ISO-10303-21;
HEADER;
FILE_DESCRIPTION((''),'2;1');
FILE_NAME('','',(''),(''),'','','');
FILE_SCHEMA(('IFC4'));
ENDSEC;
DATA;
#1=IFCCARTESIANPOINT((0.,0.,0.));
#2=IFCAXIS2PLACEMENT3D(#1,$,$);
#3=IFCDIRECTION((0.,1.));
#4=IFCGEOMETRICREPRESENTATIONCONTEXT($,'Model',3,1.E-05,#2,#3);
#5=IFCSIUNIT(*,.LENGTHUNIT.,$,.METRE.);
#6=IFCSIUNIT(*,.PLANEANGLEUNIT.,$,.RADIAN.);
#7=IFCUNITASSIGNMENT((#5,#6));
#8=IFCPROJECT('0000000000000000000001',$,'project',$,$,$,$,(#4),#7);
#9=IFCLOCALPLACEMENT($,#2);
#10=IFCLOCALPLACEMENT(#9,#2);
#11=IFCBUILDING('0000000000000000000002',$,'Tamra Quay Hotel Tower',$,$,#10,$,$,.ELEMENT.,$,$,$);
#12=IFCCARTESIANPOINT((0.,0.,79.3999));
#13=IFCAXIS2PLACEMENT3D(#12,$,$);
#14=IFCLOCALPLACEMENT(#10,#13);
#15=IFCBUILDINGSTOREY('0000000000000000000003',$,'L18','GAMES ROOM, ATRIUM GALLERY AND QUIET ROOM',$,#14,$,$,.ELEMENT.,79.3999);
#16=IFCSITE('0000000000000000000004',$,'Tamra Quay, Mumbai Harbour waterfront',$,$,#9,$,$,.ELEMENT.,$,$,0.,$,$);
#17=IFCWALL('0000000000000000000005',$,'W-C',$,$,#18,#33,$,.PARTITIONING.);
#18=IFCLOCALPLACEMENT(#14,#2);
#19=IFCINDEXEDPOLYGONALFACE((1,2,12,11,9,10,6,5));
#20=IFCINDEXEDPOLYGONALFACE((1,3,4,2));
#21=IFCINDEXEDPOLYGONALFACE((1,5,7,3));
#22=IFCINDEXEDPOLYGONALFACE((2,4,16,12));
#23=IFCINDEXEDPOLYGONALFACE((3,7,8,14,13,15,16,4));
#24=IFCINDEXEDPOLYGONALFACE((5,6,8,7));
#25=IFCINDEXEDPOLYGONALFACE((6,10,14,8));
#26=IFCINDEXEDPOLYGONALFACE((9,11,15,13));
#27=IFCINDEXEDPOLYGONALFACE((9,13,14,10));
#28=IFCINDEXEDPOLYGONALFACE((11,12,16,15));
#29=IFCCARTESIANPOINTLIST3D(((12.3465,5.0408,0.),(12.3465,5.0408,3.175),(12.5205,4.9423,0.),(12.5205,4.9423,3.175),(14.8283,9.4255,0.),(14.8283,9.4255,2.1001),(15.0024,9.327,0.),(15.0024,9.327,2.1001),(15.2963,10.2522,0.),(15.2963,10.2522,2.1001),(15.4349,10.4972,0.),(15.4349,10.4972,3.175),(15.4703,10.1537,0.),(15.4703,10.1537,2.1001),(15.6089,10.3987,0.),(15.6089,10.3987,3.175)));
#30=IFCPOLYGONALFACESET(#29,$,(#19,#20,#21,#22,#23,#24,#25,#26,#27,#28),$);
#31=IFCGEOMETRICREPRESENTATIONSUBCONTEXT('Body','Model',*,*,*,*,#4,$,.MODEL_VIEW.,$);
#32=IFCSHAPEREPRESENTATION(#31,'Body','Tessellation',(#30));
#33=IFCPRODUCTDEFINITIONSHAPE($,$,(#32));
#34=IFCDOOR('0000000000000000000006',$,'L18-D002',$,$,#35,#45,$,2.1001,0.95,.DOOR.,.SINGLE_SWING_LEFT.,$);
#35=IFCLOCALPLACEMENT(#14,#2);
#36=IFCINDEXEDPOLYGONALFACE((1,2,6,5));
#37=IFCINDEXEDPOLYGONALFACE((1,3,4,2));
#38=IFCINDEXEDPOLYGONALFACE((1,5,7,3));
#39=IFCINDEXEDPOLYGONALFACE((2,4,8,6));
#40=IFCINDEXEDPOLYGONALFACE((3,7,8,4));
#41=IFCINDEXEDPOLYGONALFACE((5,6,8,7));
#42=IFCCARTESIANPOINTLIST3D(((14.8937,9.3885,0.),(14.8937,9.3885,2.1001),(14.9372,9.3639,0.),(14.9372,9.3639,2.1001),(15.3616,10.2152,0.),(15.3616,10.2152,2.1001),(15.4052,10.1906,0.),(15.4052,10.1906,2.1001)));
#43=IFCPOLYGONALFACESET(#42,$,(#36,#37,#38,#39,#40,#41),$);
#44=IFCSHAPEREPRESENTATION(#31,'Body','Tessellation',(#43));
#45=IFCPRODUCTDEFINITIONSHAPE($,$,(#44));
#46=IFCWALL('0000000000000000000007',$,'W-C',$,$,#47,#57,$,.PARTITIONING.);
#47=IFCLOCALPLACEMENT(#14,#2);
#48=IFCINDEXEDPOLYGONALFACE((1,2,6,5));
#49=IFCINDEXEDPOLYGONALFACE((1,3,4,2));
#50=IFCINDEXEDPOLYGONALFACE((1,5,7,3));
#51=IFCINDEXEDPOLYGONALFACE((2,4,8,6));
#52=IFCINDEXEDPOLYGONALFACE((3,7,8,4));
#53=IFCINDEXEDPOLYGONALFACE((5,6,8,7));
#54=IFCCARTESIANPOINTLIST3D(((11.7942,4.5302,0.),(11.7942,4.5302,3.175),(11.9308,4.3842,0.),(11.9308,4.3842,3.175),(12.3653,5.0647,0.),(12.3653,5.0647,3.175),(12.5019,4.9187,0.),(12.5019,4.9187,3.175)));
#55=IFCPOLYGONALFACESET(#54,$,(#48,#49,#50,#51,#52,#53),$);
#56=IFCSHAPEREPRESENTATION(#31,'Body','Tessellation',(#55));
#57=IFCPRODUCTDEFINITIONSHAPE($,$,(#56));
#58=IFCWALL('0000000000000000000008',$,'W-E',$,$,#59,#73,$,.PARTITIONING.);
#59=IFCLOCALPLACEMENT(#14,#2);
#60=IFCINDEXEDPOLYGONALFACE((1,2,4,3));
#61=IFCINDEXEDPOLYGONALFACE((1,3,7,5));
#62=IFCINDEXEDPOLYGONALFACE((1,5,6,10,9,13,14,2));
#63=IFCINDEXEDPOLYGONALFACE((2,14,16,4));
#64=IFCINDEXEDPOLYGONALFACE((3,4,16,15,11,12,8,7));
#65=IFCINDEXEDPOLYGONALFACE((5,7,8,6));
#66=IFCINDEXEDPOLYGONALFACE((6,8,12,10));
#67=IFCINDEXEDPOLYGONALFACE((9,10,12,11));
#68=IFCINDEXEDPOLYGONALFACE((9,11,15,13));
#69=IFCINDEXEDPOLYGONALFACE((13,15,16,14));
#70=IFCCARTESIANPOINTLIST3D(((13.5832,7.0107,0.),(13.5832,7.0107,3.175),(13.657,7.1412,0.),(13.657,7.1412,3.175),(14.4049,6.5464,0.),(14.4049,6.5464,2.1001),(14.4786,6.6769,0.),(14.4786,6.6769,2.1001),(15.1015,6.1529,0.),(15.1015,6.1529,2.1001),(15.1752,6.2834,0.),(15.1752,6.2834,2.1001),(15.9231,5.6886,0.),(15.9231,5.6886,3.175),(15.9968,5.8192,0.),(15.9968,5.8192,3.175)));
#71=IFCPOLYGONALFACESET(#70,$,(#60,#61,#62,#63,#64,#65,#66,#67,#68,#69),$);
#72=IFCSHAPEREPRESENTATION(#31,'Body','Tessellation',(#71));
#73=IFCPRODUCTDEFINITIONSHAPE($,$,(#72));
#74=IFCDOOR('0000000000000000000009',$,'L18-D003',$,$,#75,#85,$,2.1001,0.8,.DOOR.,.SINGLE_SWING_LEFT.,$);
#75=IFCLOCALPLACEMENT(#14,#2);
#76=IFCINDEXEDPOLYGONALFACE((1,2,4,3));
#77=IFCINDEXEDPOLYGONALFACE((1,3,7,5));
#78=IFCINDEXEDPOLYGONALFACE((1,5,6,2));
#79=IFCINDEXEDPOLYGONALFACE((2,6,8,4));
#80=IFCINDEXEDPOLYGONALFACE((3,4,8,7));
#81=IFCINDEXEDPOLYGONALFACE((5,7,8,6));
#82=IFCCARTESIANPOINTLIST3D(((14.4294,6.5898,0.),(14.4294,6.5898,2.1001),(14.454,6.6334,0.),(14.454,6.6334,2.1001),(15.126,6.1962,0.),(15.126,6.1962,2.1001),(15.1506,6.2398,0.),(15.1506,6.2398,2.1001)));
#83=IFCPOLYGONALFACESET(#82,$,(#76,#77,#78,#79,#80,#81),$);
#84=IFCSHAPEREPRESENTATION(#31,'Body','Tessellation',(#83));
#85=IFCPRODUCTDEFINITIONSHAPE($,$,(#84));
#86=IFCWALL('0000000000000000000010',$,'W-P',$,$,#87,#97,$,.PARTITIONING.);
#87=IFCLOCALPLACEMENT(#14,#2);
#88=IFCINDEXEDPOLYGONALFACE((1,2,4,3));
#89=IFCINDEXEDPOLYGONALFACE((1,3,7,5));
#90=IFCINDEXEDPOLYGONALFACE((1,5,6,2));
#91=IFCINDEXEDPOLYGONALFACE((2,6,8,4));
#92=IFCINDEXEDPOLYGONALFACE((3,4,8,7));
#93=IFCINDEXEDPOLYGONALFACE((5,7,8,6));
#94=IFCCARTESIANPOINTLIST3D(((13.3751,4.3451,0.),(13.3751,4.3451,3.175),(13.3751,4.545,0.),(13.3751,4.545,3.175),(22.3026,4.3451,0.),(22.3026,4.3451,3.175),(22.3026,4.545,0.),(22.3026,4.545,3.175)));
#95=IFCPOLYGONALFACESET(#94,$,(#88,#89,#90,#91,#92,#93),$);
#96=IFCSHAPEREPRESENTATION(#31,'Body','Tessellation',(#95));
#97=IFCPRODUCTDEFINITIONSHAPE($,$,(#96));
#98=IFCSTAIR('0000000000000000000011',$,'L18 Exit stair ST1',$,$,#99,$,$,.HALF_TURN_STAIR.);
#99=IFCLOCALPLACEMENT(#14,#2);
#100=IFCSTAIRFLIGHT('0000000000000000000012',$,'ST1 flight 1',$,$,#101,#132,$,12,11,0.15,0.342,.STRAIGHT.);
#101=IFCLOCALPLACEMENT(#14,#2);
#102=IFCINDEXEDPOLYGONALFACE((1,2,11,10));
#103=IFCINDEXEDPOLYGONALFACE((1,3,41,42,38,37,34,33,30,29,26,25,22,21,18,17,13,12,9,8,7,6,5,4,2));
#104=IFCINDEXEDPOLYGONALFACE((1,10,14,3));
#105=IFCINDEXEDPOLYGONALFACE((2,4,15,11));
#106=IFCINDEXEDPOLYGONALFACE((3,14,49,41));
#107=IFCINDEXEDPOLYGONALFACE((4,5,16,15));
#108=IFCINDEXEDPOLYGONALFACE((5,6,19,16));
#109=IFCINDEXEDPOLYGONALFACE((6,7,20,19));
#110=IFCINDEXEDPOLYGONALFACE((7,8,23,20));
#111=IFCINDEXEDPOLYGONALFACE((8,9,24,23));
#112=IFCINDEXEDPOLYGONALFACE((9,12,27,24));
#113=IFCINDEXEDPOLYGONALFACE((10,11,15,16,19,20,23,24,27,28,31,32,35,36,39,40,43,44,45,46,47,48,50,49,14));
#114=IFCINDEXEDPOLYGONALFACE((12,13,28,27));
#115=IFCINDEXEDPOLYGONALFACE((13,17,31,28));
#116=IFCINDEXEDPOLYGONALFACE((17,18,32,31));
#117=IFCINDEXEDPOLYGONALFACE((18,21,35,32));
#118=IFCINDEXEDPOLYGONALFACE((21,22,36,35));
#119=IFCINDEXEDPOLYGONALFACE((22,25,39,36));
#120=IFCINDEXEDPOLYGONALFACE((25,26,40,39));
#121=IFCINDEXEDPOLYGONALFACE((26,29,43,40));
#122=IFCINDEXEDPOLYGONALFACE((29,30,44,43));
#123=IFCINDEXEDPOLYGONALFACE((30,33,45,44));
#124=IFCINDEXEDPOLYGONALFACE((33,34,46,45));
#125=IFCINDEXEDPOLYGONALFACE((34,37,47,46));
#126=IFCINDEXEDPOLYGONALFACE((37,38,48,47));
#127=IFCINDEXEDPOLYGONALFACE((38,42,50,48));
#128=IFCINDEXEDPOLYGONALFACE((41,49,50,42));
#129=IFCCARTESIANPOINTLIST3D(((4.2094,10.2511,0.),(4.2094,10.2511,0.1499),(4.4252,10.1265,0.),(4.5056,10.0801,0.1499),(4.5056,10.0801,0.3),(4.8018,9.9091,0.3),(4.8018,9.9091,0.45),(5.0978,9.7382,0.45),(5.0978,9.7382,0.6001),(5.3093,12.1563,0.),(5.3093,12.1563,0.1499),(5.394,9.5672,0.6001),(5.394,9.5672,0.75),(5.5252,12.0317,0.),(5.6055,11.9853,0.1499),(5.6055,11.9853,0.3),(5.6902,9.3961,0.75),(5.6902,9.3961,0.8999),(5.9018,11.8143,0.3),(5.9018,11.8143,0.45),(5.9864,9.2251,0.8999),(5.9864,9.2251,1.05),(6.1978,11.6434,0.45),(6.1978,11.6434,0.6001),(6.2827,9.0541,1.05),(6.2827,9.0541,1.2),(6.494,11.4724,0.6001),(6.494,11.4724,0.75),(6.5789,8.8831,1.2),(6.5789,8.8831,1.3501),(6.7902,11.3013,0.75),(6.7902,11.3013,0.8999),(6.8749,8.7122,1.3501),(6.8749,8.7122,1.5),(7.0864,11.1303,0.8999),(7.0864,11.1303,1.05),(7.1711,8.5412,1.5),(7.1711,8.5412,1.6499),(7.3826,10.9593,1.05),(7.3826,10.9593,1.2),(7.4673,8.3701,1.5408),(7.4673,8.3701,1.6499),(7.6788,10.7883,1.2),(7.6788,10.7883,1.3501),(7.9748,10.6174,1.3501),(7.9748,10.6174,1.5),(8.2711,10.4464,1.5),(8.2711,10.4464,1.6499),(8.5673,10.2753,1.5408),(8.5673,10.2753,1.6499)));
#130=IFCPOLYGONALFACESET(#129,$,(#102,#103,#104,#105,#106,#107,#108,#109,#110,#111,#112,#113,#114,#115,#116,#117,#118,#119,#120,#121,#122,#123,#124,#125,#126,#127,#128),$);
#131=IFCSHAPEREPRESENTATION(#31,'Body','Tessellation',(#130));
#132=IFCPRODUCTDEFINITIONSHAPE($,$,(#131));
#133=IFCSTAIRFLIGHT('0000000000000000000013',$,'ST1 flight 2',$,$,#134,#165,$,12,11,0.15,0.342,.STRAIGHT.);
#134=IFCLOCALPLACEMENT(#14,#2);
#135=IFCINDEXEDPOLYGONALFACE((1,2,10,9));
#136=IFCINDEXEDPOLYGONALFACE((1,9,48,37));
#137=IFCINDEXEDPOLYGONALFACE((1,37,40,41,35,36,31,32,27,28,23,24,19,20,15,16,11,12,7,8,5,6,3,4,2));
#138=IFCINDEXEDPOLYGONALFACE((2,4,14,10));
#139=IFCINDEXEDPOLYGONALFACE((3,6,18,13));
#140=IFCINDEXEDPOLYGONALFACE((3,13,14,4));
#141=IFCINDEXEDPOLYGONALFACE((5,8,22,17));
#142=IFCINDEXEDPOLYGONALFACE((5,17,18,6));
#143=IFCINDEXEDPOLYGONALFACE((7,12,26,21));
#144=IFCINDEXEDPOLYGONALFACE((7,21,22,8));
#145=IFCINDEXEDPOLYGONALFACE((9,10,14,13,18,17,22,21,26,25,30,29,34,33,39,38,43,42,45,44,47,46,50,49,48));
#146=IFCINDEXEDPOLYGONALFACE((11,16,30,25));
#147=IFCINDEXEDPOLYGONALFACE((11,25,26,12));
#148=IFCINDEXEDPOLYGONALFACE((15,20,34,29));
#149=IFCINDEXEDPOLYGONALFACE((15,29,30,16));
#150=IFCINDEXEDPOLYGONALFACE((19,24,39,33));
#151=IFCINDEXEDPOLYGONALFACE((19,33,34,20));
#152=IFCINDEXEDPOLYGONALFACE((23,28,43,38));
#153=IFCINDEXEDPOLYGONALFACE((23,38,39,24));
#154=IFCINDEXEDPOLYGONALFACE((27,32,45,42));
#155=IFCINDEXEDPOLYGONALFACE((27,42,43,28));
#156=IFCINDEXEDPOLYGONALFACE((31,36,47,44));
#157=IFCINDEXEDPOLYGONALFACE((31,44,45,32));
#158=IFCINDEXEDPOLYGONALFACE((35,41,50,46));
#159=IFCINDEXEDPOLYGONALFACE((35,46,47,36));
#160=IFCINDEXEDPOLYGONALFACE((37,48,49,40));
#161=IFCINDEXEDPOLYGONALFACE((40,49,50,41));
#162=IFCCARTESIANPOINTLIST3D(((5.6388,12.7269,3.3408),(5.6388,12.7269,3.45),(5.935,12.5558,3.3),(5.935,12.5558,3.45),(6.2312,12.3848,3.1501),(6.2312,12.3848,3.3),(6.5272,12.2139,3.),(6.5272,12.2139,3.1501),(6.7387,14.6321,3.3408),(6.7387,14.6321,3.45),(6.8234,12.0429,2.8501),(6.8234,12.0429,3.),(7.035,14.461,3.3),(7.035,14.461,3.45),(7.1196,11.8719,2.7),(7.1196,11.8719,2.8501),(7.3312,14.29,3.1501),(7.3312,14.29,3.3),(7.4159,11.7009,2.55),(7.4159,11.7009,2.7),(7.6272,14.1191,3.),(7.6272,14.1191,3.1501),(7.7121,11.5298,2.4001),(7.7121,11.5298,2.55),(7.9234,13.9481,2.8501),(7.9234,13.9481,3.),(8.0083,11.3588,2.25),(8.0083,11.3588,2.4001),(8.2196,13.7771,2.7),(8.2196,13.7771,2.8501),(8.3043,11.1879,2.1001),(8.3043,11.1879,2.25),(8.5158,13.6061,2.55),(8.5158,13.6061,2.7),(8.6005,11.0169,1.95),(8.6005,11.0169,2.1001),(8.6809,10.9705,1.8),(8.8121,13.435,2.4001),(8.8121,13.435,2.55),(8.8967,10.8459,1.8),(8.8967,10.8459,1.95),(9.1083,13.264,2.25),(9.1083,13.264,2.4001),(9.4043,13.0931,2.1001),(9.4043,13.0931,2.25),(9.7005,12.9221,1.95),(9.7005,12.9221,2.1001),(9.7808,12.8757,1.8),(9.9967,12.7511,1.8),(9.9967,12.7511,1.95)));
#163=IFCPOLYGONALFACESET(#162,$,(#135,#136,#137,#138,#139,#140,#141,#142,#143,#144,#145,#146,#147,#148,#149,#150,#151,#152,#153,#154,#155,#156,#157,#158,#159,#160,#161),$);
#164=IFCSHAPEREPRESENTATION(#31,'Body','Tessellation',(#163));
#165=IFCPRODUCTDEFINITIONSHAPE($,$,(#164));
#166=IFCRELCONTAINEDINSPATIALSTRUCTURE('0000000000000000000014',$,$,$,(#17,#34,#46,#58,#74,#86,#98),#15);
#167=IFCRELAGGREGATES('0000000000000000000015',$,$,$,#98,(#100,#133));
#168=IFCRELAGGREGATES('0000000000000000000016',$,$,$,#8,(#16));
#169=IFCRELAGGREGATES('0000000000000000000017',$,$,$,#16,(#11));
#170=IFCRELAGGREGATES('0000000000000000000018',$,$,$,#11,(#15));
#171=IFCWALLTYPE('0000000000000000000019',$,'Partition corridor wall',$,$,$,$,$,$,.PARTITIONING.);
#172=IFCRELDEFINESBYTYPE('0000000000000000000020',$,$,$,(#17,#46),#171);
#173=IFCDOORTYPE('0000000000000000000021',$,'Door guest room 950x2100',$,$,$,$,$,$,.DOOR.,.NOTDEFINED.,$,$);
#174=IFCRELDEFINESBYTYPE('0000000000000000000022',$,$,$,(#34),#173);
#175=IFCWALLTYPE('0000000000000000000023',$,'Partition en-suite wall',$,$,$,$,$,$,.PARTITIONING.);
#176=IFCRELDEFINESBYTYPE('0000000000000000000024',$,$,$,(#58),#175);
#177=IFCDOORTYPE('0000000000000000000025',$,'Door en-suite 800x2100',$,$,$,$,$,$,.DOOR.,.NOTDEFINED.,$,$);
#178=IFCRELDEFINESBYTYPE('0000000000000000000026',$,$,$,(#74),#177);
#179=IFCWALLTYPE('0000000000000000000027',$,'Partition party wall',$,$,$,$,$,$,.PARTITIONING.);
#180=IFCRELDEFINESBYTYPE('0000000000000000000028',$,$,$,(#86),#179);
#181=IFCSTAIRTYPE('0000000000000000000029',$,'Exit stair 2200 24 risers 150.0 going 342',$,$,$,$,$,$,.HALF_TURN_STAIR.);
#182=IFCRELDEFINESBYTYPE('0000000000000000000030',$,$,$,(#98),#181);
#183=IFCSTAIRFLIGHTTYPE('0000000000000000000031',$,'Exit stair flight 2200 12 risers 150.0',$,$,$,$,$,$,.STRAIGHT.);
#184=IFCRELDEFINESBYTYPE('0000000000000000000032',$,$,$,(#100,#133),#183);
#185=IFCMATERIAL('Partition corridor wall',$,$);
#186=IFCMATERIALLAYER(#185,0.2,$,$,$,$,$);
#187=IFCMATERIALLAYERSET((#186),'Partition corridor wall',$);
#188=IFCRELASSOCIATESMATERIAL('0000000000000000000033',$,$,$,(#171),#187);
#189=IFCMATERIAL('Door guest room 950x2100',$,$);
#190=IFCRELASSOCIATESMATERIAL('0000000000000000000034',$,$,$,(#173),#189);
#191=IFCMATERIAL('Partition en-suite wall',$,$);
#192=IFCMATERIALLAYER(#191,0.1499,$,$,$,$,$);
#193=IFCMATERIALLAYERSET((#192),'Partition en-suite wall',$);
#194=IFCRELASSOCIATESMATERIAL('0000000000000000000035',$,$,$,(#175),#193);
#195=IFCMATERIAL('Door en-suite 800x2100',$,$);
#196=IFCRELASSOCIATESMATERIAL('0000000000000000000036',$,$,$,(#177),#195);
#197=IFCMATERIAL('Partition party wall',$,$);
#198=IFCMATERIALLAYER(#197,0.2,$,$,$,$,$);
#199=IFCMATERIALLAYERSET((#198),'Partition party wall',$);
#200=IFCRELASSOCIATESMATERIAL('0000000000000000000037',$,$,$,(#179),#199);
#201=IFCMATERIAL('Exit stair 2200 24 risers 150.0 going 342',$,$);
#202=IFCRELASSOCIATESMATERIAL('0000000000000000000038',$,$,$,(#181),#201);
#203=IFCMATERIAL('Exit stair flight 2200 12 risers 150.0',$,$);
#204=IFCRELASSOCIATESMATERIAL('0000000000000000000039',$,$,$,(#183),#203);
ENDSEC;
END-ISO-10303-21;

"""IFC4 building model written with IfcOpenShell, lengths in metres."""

from ifc_helpers import new_model, si_unit, direction, frame, frame_2d, origin, place, context, subcontext, project, spatial, polyline, rectangle, outline, extrude, material, layer, layer_set, type_object, element, fill, aggregate, save


model = new_model("IFC4")

# Units and contexts
model_context = context("Model", 3, precision=1e-05, world=origin(), true_north=direction((0.0, 1.0)))
body_context = subcontext(model_context, "Body", "Model", "MODEL_VIEW")
ifc_project = project(units=[si_unit("LENGTHUNIT", "METRE"), si_unit("PLANEANGLEUNIT", "RADIAN")], contexts=[model_context])

# Site, building, storey
site_placement = place(None, origin())
site = spatial("IfcSite", under=ifc_project, at=site_placement, Name="Tamra Quay, Mumbai Harbour waterfront", CompositionType="ELEMENT", RefElevation=0.0)
building_placement = place(site_placement, origin())
building = spatial("IfcBuilding", under=site, at=building_placement, Name="Tamra Quay Hotel Tower", CompositionType="ELEMENT")
storey_placement = place(building_placement, frame((0.0, 0.0, 79.3999)))
storey = spatial("IfcBuildingStorey", under=building, at=storey_placement, Name="L18", Description="GAMES ROOM, ATRIUM GALLERY AND QUIET ROOM", CompositionType="ELEMENT", Elevation=79.3999)

# Shared definitions
ifc_material_1 = material(Name="Partition corridor wall")
ifc_layer_1 = layer(ifc_material_1, 0.2)
ifc_layer_set_1 = layer_set([ifc_layer_1], Name="Partition corridor wall")
wall_type_1 = type_object("IfcWallType", Name="Partition corridor wall", PredefinedType="PARTITIONING", material=ifc_layer_set_1)

# Wall, opening, door
wall_1_placement = place(storey_placement, frame((12.4336, 4.9917, 0.0), z_axis=(0.0, 0.0, 1.0), x_axis=(0.492587, 0.870263, 0.0)))
wall_1 = element("IfcWall", 1, at=wall_1_placement, inside=storey, type_object=wall_type_1, Name="W-C", PredefinedType="PARTITIONING", context=body_context, shape_type="SweptSolid", body=[
    extrude(rectangle(XDim=6.2698, YDim=0.2, at=frame_2d((3.1348, 0.0))), origin(), (0.0, 0.0, 1.0), 3.175),
])
opening_1_placement = place(wall_1_placement, frame((5.0381, 0.0, 0.0)))
opening_1 = element("IfcOpeningElement", 2, at=opening_1_placement, cuts=wall_1, PredefinedType="OPENING", context=body_context, shape_type="SweptSolid", body=[
    extrude(rectangle(XDim=0.95, YDim=2.1001, at=frame_2d((0.4751, 1.05))), frame((0.0, 0.1099, 0.0), z_axis=(0.0, -1.0, 0.0), x_axis=(1.0, 0.0, 0.0)), (0.0, 0.0, 1.0), 0.22),
])
ifc_material_2 = material(Name="Door guest room 950x2100")
door_type_1 = type_object("IfcDoorType", Name="Door guest room 950x2100", OperationType="NOTDEFINED", PredefinedType="DOOR", material=ifc_material_2)
door_1_placement = place(opening_1_placement, origin())
door_1 = element("IfcDoor", 3, at=door_1_placement, inside=storey, type_object=door_type_1, Name="L18-D002", OperationType="SINGLE_SWING_LEFT", OverallHeight=2.1001, OverallWidth=0.95, PredefinedType="DOOR", context=body_context, shape_type="SweptSolid", body=[
    extrude(rectangle(XDim=0.95, YDim=2.1001, at=frame_2d((0.4751, 1.05))), frame((0.0, 0.0249, 0.0), z_axis=(0.0, -1.0, 0.0), x_axis=(1.0, 0.0, 0.0)), (0.0, 0.0, 1.0), 0.05),
])
fill(opening_1, door_1)

# Wall
wall_2_placement = place(storey_placement, frame((12.4336, 4.9917, 0.0), z_axis=(0.0, 0.0, 1.0), x_axis=(-0.730131, -0.683307, 0.0)))
element("IfcWall", 4, at=wall_2_placement, inside=storey, type_object=wall_type_1, Name="W-C", PredefinedType="PARTITIONING", context=body_context, shape_type="SweptSolid", body=[
    extrude(rectangle(XDim=0.7822, YDim=0.2, at=frame_2d((0.3911, 0.0))), origin(), (0.0, 0.0, 1.0), 3.175),
])

# Wall, opening, door
ifc_material_3 = material(Name="Partition en-suite wall")
ifc_layer_2 = layer(ifc_material_3, 0.1499)
ifc_layer_set_2 = layer_set([ifc_layer_2], Name="Partition en-suite wall")
wall_type_2 = type_object("IfcWallType", Name="Partition en-suite wall", PredefinedType="PARTITIONING", material=ifc_layer_set_2)
wall_3_placement = place(storey_placement, frame((13.6201, 7.0759, 0.0), z_axis=(0.0, 0.0, 1.0), x_axis=(0.870642, -0.491917, 0.0)))
wall_3 = element("IfcWall", 5, at=wall_3_placement, inside=storey, type_object=wall_type_2, Name="W-E", PredefinedType="PARTITIONING", context=body_context, shape_type="SweptSolid", body=[
    extrude(rectangle(XDim=2.6875, YDim=0.1499, at=frame_2d((1.3438, 0.0))), origin(), (0.0, 0.0, 1.0), 3.175),
])
opening_2_placement = place(wall_3_placement, frame((0.9438, 0.0, 0.0)))
opening_2 = element("IfcOpeningElement", 6, at=opening_2_placement, cuts=wall_3, PredefinedType="OPENING", context=body_context, shape_type="SweptSolid", body=[
    extrude(rectangle(XDim=0.8, YDim=2.1001, at=frame_2d((0.3999, 1.05))), frame((0.0, 0.085, 0.0), z_axis=(0.0, -1.0, 0.0), x_axis=(1.0, 0.0, 0.0)), (0.0, 0.0, 1.0), 0.1699),
])
ifc_material_4 = material(Name="Door en-suite 800x2100")
door_type_2 = type_object("IfcDoorType", Name="Door en-suite 800x2100", OperationType="NOTDEFINED", PredefinedType="DOOR", material=ifc_material_4)
door_2_placement = place(opening_2_placement, origin())
door_2 = element("IfcDoor", 7, at=door_2_placement, inside=storey, type_object=door_type_2, Name="L18-D003", OperationType="SINGLE_SWING_LEFT", OverallHeight=2.1001, OverallWidth=0.8, PredefinedType="DOOR", context=body_context, shape_type="SweptSolid", body=[
    extrude(rectangle(XDim=0.8, YDim=2.1001, at=frame_2d((0.3999, 1.05))), frame((0.0, 0.0249, 0.0), z_axis=(0.0, -1.0, 0.0), x_axis=(1.0, 0.0, 0.0)), (0.0, 0.0, 1.0), 0.05),
])
fill(opening_2, door_2)

# Wall
ifc_material_5 = material(Name="Partition party wall")
ifc_layer_3 = layer(ifc_material_5, 0.2)
ifc_layer_set_3 = layer_set([ifc_layer_3], Name="Partition party wall")
wall_type_3 = type_object("IfcWallType", Name="Partition party wall", PredefinedType="PARTITIONING", material=ifc_layer_set_3)
wall_4_placement = place(storey_placement, frame((13.375, 4.4451, 0.0), z_axis=(0.0, 0.0, 1.0), x_axis=(1.0, 0.0, 0.0)))
element("IfcWall", 8, at=wall_4_placement, inside=storey, type_object=wall_type_3, Name="W-P", PredefinedType="PARTITIONING", context=body_context, shape_type="SweptSolid", body=[
    extrude(rectangle(XDim=8.9275, YDim=0.2, at=frame_2d((4.4639, 0.0))), origin(), (0.0, 0.0, 1.0), 3.175),
])

# Stair, stair flights
ifc_material_6 = material(Name="Exit stair 2200 24 risers 150.0 going 342")
stair_type = type_object("IfcStairType", Name="Exit stair 2200 24 risers 150.0 going 342", PredefinedType="HALF_TURN_STAIR", material=ifc_material_6)
stair_placement = place(storey_placement, origin())
stair = element("IfcStair", 9, at=stair_placement, inside=storey, type_object=stair_type, Name="L18 Exit stair ST1", PredefinedType="HALF_TURN_STAIR")
ifc_material_7 = material(Name="Exit stair flight 2200 12 risers 150.0")
stair_flight_type = type_object("IfcStairFlightType", Name="Exit stair flight 2200 12 risers 150.0", PredefinedType="STRAIGHT", material=ifc_material_7)
stair_flight_1_placement = place(storey_placement, frame((4.7593, 11.2036, 0.0), z_axis=(0.0, 0.0, 1.0), x_axis=(0.866025, -0.5, 0.0)))
stair_flight_1 = element("IfcStairFlight", 10, at=stair_flight_1_placement, type_object=stair_flight_type, Name="ST1 flight 1", NumberOfRisers=12, NumberOfTreads=11, PredefinedType="STRAIGHT", RiserHeight=0.15, TreadLength=0.342, context=body_context, shape_type="SweptSolid", body=[
    extrude(outline(polyline([(0.0, 0.0), (0.0, 0.1499), (0.342, 0.1499), (0.342, 0.3), (0.6841, 0.3), (0.6841, 0.45), (1.0259, 0.45), (1.0259, 0.6001), (1.3679, 0.6001), (1.3679, 0.75), (1.71, 0.75), (1.71, 0.8999), (2.052, 0.8999), (2.052, 1.05), (2.394, 1.05), (2.394, 1.2), (2.7361, 1.2), (2.7361, 1.3501), (3.0779, 1.3501), (3.0779, 1.5), (3.4199, 1.5), (3.4199, 1.6499), (3.762, 1.6499), (3.762, 1.8), (3.762, 1.5408), (0.2493, 0.0), (0.0, 0.0)])), frame((0.0, 1.1001, 0.0), z_axis=(0.0, -1.0, 0.0), x_axis=(1.0, 0.0, 0.0)), (0.0, 0.0, 1.0), 2.2),
])
stair_flight_2_placement = place(storey_placement, frame((9.4468, 11.7986, 1.8), z_axis=(0.0, 0.0, 1.0), x_axis=(-0.866025, 0.5, 0.0)))
stair_flight_2 = element("IfcStairFlight", 11, at=stair_flight_2_placement, type_object=stair_flight_type, Name="ST1 flight 2", NumberOfRisers=12, NumberOfTreads=11, PredefinedType="STRAIGHT", RiserHeight=0.15, TreadLength=0.342, context=body_context, shape_type="SweptSolid", body=[
    extrude(outline(polyline([(0.0, 0.0), (0.0, 0.1499), (0.342, 0.1499), (0.342, 0.3), (0.6841, 0.3), (0.6841, 0.45), (1.0259, 0.45), (1.0259, 0.6001), (1.3679, 0.6001), (1.3679, 0.75), (1.71, 0.75), (1.71, 0.8999), (2.052, 0.8999), (2.052, 1.05), (2.394, 1.05), (2.394, 1.2), (2.7361, 1.2), (2.7361, 1.3501), (3.0779, 1.3501), (3.0779, 1.5), (3.4199, 1.5), (3.4199, 1.6499), (3.762, 1.6499), (3.762, 1.8), (3.762, 1.5408), (0.2493, 0.0), (0.0, 0.0)])), frame((0.0, 1.1001, 0.0), z_axis=(0.0, -1.0, 0.0), x_axis=(1.0, 0.0, 0.0)), (0.0, 0.0, 1.0), 2.2),
])
aggregate(stair, [stair_flight_1, stair_flight_2])

save(model, "model.ifc")
